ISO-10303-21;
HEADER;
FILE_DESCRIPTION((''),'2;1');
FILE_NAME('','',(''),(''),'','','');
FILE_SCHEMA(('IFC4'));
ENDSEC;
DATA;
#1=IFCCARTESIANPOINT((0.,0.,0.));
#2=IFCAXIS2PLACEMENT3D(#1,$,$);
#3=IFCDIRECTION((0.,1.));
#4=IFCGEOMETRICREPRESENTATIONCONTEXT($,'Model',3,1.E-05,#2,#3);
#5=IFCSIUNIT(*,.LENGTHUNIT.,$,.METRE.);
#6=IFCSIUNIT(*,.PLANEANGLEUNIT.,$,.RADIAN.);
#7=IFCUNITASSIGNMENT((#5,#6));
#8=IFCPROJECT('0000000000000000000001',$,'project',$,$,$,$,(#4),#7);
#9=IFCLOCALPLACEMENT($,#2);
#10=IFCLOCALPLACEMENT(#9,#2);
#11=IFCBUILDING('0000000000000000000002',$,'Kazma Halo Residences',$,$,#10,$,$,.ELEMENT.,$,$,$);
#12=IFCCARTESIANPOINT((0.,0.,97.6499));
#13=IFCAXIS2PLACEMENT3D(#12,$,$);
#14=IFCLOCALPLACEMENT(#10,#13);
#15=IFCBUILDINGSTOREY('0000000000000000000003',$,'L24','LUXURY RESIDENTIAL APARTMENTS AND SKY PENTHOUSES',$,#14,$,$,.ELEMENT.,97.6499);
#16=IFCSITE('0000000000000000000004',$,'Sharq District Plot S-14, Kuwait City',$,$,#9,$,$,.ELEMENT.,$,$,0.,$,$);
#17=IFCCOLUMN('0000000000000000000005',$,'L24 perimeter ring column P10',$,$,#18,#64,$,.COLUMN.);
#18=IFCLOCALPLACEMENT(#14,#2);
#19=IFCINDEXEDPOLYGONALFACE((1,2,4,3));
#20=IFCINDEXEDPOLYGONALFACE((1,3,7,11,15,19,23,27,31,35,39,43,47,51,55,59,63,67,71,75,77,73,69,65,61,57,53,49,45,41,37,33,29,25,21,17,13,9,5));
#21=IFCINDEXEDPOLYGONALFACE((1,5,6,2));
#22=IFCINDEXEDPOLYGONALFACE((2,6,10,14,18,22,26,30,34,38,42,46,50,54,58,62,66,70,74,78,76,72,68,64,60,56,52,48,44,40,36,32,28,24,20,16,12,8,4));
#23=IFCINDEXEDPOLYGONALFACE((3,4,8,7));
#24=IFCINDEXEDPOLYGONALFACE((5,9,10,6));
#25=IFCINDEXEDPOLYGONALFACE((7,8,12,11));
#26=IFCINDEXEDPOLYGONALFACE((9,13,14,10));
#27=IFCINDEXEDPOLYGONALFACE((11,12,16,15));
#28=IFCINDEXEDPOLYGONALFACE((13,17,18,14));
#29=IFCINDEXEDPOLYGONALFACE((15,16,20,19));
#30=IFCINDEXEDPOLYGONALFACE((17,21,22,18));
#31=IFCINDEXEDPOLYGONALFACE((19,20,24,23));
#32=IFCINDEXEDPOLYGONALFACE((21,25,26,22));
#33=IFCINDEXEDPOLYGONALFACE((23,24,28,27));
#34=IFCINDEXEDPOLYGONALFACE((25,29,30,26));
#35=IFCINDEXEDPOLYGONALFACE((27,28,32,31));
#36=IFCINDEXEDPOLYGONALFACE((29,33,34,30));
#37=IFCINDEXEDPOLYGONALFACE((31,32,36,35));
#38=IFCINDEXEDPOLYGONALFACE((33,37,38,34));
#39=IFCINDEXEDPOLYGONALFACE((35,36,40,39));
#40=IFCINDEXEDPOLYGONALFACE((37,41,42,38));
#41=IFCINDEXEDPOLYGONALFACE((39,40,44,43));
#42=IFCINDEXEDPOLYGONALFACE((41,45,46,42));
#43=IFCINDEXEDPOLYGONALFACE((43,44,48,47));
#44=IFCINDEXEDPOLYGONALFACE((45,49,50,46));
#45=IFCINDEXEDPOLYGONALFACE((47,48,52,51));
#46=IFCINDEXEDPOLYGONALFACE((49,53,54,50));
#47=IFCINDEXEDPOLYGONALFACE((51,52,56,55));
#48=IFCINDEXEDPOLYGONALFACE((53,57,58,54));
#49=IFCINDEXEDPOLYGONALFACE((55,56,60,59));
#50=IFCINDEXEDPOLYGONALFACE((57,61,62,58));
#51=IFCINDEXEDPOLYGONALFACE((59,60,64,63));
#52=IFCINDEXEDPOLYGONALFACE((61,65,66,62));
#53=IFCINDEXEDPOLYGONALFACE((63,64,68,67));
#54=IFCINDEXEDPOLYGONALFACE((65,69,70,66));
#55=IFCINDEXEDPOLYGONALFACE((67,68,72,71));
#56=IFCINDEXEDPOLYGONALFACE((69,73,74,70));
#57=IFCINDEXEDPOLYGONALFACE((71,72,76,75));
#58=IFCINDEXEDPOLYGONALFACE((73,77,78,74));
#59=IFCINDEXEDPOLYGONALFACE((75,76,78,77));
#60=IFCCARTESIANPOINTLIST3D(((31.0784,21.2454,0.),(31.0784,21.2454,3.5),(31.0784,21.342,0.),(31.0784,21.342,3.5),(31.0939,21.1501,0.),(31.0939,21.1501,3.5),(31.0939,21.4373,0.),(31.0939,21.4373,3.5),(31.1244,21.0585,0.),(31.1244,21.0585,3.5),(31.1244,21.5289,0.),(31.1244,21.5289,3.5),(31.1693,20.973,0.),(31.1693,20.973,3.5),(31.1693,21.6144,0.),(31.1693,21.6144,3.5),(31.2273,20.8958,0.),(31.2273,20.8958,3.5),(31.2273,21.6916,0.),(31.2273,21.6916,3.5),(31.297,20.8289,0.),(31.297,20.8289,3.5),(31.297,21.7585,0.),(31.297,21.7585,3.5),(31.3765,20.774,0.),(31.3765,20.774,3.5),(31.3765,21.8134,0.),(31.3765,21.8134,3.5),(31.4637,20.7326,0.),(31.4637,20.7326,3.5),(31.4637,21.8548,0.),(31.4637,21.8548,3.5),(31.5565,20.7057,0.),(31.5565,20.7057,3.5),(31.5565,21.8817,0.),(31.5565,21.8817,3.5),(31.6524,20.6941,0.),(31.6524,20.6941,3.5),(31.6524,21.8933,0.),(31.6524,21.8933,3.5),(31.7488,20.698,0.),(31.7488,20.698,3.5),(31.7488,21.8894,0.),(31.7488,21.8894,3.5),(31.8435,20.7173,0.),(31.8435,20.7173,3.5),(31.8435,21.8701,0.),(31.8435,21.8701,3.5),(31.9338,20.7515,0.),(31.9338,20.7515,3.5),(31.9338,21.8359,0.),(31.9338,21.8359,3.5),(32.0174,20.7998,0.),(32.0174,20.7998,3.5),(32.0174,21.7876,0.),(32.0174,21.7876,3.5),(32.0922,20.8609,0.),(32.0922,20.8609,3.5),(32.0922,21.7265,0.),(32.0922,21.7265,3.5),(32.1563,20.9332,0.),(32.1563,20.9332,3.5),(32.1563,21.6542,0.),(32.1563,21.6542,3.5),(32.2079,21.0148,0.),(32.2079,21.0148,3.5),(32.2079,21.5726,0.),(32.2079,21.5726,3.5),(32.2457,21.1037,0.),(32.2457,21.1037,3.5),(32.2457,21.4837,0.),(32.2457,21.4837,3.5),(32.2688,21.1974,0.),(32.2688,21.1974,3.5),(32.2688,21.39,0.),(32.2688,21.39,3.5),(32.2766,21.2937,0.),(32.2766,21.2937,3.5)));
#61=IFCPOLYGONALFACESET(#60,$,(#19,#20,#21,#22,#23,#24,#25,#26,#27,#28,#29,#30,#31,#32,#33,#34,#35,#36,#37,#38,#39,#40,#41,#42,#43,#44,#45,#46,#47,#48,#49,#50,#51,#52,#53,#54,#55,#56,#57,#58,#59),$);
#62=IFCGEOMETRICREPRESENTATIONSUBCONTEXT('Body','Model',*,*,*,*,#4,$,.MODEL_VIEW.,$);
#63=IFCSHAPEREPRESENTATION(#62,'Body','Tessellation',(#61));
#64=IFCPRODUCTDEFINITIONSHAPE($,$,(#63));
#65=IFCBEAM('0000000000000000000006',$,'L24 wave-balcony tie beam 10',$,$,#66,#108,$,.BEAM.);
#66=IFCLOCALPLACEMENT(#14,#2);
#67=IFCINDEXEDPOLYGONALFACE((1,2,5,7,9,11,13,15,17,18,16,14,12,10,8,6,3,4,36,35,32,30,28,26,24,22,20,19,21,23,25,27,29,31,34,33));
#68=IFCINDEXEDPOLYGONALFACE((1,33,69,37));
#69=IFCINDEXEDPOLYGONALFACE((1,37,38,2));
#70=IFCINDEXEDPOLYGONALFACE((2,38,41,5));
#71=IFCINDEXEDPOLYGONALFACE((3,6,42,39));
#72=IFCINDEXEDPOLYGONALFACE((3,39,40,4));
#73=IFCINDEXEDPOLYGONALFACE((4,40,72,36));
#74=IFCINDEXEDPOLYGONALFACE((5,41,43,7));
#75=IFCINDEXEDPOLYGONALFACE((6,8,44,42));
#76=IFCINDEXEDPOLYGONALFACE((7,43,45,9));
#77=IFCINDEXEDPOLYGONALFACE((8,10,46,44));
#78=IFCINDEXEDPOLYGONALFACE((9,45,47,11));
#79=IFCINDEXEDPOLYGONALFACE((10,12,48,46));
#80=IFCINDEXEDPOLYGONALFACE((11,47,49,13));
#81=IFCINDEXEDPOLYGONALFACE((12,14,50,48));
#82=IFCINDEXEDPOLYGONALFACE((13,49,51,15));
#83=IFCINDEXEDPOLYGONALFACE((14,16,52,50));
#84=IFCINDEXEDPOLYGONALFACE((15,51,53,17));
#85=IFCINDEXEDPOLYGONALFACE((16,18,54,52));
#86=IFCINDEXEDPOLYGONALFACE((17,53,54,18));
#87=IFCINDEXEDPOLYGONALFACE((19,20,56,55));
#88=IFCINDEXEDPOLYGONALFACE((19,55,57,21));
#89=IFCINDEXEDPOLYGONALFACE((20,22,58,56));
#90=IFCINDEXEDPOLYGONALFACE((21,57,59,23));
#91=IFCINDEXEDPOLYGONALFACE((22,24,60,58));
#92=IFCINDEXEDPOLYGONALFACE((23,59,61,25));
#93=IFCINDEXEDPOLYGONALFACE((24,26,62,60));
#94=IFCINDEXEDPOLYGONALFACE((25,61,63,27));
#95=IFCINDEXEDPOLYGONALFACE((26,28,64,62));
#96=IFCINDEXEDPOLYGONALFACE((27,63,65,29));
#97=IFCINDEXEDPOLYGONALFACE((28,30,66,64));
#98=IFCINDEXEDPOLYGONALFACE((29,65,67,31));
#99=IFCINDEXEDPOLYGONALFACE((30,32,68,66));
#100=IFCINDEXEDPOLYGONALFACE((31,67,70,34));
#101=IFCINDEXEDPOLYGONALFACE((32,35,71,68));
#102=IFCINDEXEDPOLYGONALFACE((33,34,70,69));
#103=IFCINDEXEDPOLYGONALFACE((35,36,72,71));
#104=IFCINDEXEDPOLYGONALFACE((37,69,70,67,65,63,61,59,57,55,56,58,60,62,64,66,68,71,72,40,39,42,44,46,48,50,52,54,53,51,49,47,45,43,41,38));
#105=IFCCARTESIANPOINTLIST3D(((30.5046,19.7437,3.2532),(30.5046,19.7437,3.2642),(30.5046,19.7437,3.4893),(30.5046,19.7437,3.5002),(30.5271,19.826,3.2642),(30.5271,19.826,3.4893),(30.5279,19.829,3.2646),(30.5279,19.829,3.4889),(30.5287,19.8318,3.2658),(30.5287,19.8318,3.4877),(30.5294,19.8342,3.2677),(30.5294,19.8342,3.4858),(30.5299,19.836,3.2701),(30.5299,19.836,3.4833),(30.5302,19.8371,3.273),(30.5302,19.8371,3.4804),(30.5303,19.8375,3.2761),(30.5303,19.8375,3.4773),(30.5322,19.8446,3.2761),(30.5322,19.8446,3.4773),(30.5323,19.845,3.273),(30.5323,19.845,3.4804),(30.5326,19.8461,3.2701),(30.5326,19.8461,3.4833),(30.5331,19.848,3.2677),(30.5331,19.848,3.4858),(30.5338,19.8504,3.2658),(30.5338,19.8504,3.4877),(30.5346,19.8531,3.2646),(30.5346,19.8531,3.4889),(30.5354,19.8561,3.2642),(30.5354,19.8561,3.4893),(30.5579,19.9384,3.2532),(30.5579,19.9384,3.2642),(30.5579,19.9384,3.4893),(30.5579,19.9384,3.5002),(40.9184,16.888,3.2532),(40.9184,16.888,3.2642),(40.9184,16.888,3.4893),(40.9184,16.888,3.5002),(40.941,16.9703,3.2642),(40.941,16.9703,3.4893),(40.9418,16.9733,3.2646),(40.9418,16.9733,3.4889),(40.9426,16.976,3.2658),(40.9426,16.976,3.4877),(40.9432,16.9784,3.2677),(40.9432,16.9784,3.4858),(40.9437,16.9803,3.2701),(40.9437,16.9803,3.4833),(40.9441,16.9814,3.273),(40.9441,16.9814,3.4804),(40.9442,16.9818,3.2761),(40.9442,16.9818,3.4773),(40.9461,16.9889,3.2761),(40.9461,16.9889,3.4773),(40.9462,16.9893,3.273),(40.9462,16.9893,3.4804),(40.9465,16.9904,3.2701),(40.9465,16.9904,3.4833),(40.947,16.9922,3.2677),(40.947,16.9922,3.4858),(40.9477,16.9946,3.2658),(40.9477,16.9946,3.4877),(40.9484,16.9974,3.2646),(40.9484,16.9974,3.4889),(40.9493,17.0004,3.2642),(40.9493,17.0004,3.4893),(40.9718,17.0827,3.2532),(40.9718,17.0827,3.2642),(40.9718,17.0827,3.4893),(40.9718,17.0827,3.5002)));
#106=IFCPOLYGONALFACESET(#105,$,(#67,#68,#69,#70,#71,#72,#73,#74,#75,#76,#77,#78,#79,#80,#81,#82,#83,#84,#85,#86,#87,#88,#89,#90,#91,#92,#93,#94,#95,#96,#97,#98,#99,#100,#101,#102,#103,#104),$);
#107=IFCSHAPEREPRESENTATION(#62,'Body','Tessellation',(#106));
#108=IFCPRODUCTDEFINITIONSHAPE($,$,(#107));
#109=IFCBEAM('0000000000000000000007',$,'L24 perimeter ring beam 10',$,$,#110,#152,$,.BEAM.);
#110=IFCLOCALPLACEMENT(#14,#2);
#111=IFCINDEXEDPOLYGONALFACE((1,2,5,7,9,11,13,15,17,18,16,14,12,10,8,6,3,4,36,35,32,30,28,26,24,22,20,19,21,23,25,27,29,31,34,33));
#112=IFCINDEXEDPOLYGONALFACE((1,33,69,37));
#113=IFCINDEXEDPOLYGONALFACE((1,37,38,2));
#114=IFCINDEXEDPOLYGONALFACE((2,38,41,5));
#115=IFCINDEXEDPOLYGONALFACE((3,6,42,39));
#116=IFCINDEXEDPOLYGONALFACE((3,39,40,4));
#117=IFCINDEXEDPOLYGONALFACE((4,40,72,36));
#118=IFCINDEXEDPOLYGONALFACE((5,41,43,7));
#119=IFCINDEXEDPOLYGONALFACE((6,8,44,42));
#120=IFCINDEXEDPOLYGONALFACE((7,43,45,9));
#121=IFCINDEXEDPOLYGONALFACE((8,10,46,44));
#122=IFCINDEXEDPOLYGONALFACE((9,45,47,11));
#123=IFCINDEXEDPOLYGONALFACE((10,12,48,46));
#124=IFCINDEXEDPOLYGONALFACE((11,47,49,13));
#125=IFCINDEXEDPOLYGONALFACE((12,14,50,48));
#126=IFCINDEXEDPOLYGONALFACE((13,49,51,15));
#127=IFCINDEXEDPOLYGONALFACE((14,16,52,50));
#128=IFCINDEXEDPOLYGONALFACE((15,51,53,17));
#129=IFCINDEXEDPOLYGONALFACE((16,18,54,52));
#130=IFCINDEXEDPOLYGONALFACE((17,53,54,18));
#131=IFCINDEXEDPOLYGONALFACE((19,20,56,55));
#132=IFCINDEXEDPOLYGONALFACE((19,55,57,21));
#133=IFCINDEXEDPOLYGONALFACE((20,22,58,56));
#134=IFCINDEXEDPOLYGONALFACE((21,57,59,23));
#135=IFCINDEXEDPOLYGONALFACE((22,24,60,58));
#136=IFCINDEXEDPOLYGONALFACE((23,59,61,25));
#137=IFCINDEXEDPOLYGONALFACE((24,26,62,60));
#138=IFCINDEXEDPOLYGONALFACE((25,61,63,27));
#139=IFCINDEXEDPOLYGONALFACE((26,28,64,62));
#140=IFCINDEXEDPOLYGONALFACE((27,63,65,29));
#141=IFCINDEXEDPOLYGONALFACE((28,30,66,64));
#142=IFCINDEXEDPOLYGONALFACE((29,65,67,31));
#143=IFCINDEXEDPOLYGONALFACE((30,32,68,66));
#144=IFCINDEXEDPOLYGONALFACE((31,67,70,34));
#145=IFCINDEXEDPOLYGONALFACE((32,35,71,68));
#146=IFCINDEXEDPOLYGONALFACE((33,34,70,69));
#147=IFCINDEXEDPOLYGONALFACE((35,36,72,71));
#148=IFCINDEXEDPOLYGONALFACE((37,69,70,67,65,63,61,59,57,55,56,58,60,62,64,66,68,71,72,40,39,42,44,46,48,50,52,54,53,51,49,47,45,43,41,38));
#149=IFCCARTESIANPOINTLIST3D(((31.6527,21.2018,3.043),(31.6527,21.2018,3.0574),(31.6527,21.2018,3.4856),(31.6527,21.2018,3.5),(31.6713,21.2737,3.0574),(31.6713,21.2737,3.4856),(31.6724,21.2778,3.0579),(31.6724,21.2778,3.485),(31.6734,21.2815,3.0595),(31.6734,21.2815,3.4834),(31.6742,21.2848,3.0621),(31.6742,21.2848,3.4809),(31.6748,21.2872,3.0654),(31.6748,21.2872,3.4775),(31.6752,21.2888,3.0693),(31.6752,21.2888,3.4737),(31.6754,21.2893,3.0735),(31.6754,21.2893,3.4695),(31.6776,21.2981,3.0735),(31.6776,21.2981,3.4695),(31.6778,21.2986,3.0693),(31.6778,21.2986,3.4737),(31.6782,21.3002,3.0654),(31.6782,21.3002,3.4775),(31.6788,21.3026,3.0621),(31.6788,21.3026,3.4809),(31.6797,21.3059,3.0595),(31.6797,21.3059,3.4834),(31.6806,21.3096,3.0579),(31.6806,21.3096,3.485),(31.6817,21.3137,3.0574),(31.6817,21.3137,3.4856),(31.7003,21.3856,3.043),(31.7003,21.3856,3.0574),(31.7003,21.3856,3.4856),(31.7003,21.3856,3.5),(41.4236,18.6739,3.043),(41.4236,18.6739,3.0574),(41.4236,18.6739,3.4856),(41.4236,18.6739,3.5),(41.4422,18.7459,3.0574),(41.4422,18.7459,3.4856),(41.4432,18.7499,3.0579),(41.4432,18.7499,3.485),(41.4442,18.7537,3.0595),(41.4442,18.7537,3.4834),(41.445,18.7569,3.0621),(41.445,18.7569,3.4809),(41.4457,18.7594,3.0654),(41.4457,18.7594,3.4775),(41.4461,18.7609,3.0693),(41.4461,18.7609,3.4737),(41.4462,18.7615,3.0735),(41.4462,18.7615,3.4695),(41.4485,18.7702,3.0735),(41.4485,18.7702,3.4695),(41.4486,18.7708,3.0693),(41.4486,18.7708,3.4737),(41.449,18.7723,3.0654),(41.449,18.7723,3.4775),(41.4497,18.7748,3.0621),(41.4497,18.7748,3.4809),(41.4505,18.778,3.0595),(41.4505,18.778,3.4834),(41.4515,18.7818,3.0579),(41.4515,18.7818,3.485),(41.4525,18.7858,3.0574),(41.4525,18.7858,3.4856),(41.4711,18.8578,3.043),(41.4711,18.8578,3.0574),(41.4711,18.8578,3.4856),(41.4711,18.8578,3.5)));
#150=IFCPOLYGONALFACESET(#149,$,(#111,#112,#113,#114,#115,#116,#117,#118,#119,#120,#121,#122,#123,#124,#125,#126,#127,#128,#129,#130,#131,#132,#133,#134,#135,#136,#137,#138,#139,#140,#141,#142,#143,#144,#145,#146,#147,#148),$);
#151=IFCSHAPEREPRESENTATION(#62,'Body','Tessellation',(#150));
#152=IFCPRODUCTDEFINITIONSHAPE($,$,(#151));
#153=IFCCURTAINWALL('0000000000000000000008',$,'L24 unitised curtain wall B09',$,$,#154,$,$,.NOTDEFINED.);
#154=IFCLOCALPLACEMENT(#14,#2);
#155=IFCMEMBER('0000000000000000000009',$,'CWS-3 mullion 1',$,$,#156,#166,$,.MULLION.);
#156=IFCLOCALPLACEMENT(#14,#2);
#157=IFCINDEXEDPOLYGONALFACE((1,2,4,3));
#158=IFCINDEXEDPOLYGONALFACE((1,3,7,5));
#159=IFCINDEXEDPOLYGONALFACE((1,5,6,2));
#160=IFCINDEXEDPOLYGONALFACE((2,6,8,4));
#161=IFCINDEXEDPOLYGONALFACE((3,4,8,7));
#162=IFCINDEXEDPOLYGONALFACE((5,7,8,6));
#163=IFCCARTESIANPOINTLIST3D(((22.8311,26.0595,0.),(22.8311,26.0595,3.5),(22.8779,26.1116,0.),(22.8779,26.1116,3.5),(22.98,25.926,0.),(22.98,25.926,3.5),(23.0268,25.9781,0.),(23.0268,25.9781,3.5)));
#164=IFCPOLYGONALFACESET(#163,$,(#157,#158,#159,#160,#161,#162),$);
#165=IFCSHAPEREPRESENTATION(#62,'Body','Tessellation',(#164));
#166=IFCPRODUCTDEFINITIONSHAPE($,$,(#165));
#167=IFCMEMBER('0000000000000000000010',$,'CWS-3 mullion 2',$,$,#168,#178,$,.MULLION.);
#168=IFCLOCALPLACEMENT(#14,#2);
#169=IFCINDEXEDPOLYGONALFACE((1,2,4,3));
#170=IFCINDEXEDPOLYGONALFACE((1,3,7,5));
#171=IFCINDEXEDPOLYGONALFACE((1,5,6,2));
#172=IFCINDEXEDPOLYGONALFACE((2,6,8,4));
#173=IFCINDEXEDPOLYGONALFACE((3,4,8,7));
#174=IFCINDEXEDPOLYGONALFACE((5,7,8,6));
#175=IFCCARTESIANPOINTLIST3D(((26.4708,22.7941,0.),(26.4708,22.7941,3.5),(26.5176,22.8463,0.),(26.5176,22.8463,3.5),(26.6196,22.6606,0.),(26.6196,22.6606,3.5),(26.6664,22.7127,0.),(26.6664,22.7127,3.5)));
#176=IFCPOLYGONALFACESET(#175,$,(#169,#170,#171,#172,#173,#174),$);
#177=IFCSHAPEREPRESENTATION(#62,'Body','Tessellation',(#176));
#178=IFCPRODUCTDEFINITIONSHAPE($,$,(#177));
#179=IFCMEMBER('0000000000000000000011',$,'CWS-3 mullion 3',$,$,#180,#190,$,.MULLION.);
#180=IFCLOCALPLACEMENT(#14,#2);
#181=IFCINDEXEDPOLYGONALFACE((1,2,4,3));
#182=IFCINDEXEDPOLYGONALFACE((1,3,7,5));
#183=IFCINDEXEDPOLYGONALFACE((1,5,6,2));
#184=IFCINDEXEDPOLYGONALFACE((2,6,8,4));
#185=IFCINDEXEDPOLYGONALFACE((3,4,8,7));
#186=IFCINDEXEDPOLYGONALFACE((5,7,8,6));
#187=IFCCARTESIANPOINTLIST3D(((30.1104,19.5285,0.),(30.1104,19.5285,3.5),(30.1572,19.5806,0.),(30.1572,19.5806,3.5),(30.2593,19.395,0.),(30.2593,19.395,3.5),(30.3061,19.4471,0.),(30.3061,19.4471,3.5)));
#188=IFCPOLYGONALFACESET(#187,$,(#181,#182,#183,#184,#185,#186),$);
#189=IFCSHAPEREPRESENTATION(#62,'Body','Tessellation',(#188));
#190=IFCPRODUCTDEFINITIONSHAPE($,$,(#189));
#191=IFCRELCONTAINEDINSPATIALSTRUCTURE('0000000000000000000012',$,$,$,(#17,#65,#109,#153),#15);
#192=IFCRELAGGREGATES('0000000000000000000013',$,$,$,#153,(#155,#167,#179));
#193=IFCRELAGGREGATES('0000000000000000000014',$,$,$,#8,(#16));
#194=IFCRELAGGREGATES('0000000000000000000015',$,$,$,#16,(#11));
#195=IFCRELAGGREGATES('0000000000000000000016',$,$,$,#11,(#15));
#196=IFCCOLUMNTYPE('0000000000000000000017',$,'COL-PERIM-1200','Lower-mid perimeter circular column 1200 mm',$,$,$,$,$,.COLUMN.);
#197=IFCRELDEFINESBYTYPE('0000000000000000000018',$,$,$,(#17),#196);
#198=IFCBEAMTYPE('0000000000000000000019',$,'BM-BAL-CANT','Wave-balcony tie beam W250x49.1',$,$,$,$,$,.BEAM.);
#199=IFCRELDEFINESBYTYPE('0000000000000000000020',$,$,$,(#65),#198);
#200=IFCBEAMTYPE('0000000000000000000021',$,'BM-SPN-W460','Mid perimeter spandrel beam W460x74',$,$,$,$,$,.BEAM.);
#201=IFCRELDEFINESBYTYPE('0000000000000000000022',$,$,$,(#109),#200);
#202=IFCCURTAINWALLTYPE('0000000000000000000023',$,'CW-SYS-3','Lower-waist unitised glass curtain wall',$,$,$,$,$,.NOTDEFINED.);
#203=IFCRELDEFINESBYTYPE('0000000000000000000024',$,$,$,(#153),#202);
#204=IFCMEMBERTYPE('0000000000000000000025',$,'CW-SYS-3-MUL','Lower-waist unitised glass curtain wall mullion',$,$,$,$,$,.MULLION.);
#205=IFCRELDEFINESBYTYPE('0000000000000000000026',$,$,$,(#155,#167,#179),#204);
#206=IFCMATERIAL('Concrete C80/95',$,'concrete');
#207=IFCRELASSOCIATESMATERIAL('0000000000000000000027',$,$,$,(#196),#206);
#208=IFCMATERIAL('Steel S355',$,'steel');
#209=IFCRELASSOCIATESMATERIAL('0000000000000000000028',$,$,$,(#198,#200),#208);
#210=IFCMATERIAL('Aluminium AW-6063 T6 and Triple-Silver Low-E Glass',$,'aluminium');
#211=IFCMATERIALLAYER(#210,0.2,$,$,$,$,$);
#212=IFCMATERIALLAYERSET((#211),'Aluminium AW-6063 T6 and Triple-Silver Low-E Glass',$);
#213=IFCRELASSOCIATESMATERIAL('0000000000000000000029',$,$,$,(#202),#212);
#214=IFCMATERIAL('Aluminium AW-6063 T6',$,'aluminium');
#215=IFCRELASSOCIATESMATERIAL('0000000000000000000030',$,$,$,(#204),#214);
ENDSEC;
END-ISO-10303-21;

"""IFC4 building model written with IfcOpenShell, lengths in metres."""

from ifc_helpers import new_model, si_unit, direction, frame, origin, origin_2d, place, context, subcontext, project, spatial, rectangle, circle, i_section, extrude, material, layer, layer_set, material_profile, profile_set, type_object, element, aggregate, save


model = new_model("IFC4")

# Units and contexts
model_context = context("Model", 3, precision=1e-05, world=origin(), true_north=direction((0.0, 1.0)))
body_context = subcontext(model_context, "Body", "Model", "MODEL_VIEW")
ifc_project = project(units=[si_unit("LENGTHUNIT", "METRE"), si_unit("PLANEANGLEUNIT", "RADIAN")], contexts=[model_context])

# Site, building, storey
site_placement = place(None, origin())
site = spatial("IfcSite", under=ifc_project, at=site_placement, Name="Sharq District Plot S-14, Kuwait City", CompositionType="ELEMENT", RefElevation=0.0)
building_placement = place(site_placement, origin())
building = spatial("IfcBuilding", under=site, at=building_placement, Name="Kazma Halo Residences", CompositionType="ELEMENT")
storey_placement = place(building_placement, frame((0.0, 0.0, 97.6499)))
storey = spatial("IfcBuildingStorey", under=building, at=storey_placement, Name="L24", Description="LUXURY RESIDENTIAL APARTMENTS AND SKY PENTHOUSES", CompositionType="ELEMENT", Elevation=97.6499)

# Column
ifc_material_1 = material(Name="Concrete C80/95", Category="concrete")
ifc_material_profile_1 = material_profile(ifc_material_1, circle(Radius=0.6001, at=origin_2d()), Name="CIRC1200")
ifc_profile_set_1 = profile_set([ifc_material_profile_1], Name="Concrete C80/95")
column_type = type_object("IfcColumnType", Name="COL-PERIM-1200", Description="Lower-mid perimeter circular column 1200 mm", PredefinedType="COLUMN", material=ifc_profile_set_1)
column_placement = place(storey_placement, frame((31.6765, 21.2937, 0.0), z_axis=(0.0, 0.0, 1.0), x_axis=(1.0, 0.0, 0.0)))
element("IfcColumn", 1, at=column_placement, inside=storey, type_object=column_type, Name="L24 perimeter ring column P10", PredefinedType="COLUMN", context=body_context, shape_type="SweptSolid", body=[
    extrude(circle(Radius=0.6001, at=origin_2d()), origin(), (0.0, 0.0, 1.0), 3.5),
])

# Beams
ifc_material_2 = material(Name="Steel S355", Category="steel")
ifc_material_profile_2 = material_profile(ifc_material_2, i_section(OverallWidth=0.2019, OverallDepth=0.2471, WebThickness=0.0073, FlangeThickness=0.011, FilletRadius=0.012, at=origin_2d()), Name="W250x49.1")
ifc_profile_set_2 = profile_set([ifc_material_profile_2], Name="Steel S355")
beam_type_1 = type_object("IfcBeamType", Name="BM-BAL-CANT", Description="Wave-balcony tie beam W250x49.1", PredefinedType="BEAM", material=ifc_profile_set_2)
beam_1_placement = place(storey_placement, frame((30.5312, 19.8411, 3.3767), z_axis=(0.964397, -0.26446, 0.0), x_axis=(0.26446, 0.964397, 0.0)))
element("IfcBeam", 2, at=beam_1_placement, inside=storey, type_object=beam_type_1, Name="L24 wave-balcony tie beam 10", PredefinedType="BEAM", context=body_context, shape_type="SweptSolid", body=[
    extrude(i_section(OverallWidth=0.2019, OverallDepth=0.2471, WebThickness=0.0073, FlangeThickness=0.011, FilletRadius=0.012, at=origin_2d()), origin(), (0.0, 0.0, 1.0), 10.7983),
])
ifc_material_profile_3 = material_profile(ifc_material_2, i_section(OverallWidth=0.1899, OverallDepth=0.457, WebThickness=0.009, FlangeThickness=0.0144, FilletRadius=0.0161, at=origin_2d()), Name="W460x74")
ifc_profile_set_3 = profile_set([ifc_material_profile_3], Name="Steel S355")
beam_type_2 = type_object("IfcBeamType", Name="BM-SPN-W460", Description="Mid perimeter spandrel beam W460x74", PredefinedType="BEAM", material=ifc_profile_set_3)
beam_2_placement = place(storey_placement, frame((31.6765, 21.2937, 3.2715), z_axis=(0.968125, -0.250468, 0.0), x_axis=(0.250468, 0.968125, 0.0)))
element("IfcBeam", 3, at=beam_2_placement, inside=storey, type_object=beam_type_2, Name="L24 perimeter ring beam 10", PredefinedType="BEAM", context=body_context, shape_type="SweptSolid", body=[
    extrude(i_section(OverallWidth=0.1899, OverallDepth=0.457, WebThickness=0.009, FlangeThickness=0.0144, FilletRadius=0.0161, at=origin_2d()), origin(), (0.0, 0.0, 1.0), 10.0925),
])

# Curtain wall, members
ifc_material_3 = material(Name="Aluminium AW-6063 T6 and Triple-Silver Low-E Glass", Category="aluminium")
ifc_layer_1 = layer(ifc_material_3, 0.2)
ifc_layer_set_1 = layer_set([ifc_layer_1], Name="Aluminium AW-6063 T6 and Triple-Silver Low-E Glass")
curtain_wall_type = type_object("IfcCurtainWallType", Name="CW-SYS-3", Description="Lower-waist unitised glass curtain wall", PredefinedType="NOTDEFINED", material=ifc_layer_set_1)
curtain_wall_placement = place(storey_placement, origin())
curtain_wall = element("IfcCurtainWall", 4, at=curtain_wall_placement, inside=storey, type_object=curtain_wall_type, Name="L24 unitised curtain wall B09", PredefinedType="NOTDEFINED")
ifc_material_4 = material(Name="Aluminium AW-6063 T6", Category="aluminium")
ifc_material_profile_4 = material_profile(ifc_material_4, rectangle(XDim=0.0701, YDim=0.2, at=origin_2d()), Name="CWM-70x200")
ifc_profile_set_4 = profile_set([ifc_material_profile_4], Name="Aluminium AW-6063 T6")
member_type_1 = type_object("IfcMemberType", Name="CW-SYS-3-MUL", Description="Lower-waist unitised glass curtain wall mullion", PredefinedType="MULLION", material=ifc_profile_set_4)
member_1_placement = place(storey_placement, frame((22.929, 26.0188, 0.0), z_axis=(0.0, 0.0, 1.0), x_axis=(0.667795, 0.744345, 0.0)))
member_1 = element("IfcMember", 5, at=member_1_placement, type_object=member_type_1, Name="CWS-3 mullion 1", PredefinedType="MULLION", context=body_context, shape_type="SweptSolid", body=[
    extrude(rectangle(XDim=0.0701, YDim=0.2, at=origin_2d()), origin(), (0.0, 0.0, 1.0), 3.5),
])
member_2_placement = place(storey_placement, frame((26.5686, 22.7534, 0.0), z_axis=(0.0, 0.0, 1.0), x_axis=(0.667795, 0.744345, 0.0)))
member_2 = element("IfcMember", 6, at=member_2_placement, type_object=member_type_1, Name="CWS-3 mullion 2", PredefinedType="MULLION", context=body_context, shape_type="SweptSolid", body=[
    extrude(rectangle(XDim=0.0701, YDim=0.2, at=origin_2d()), origin(), (0.0, 0.0, 1.0), 3.5),
])
member_3_placement = place(storey_placement, frame((30.2083, 19.4878, 0.0), z_axis=(0.0, 0.0, 1.0), x_axis=(0.667795, 0.744345, 0.0)))
member_3 = element("IfcMember", 7, at=member_3_placement, type_object=member_type_1, Name="CWS-3 mullion 3", PredefinedType="MULLION", context=body_context, shape_type="SweptSolid", body=[
    extrude(rectangle(XDim=0.0701, YDim=0.2, at=origin_2d()), origin(), (0.0, 0.0, 1.0), 3.5),
])
aggregate(curtain_wall, [member_1, member_2, member_3])

save(model, "model.ifc")
